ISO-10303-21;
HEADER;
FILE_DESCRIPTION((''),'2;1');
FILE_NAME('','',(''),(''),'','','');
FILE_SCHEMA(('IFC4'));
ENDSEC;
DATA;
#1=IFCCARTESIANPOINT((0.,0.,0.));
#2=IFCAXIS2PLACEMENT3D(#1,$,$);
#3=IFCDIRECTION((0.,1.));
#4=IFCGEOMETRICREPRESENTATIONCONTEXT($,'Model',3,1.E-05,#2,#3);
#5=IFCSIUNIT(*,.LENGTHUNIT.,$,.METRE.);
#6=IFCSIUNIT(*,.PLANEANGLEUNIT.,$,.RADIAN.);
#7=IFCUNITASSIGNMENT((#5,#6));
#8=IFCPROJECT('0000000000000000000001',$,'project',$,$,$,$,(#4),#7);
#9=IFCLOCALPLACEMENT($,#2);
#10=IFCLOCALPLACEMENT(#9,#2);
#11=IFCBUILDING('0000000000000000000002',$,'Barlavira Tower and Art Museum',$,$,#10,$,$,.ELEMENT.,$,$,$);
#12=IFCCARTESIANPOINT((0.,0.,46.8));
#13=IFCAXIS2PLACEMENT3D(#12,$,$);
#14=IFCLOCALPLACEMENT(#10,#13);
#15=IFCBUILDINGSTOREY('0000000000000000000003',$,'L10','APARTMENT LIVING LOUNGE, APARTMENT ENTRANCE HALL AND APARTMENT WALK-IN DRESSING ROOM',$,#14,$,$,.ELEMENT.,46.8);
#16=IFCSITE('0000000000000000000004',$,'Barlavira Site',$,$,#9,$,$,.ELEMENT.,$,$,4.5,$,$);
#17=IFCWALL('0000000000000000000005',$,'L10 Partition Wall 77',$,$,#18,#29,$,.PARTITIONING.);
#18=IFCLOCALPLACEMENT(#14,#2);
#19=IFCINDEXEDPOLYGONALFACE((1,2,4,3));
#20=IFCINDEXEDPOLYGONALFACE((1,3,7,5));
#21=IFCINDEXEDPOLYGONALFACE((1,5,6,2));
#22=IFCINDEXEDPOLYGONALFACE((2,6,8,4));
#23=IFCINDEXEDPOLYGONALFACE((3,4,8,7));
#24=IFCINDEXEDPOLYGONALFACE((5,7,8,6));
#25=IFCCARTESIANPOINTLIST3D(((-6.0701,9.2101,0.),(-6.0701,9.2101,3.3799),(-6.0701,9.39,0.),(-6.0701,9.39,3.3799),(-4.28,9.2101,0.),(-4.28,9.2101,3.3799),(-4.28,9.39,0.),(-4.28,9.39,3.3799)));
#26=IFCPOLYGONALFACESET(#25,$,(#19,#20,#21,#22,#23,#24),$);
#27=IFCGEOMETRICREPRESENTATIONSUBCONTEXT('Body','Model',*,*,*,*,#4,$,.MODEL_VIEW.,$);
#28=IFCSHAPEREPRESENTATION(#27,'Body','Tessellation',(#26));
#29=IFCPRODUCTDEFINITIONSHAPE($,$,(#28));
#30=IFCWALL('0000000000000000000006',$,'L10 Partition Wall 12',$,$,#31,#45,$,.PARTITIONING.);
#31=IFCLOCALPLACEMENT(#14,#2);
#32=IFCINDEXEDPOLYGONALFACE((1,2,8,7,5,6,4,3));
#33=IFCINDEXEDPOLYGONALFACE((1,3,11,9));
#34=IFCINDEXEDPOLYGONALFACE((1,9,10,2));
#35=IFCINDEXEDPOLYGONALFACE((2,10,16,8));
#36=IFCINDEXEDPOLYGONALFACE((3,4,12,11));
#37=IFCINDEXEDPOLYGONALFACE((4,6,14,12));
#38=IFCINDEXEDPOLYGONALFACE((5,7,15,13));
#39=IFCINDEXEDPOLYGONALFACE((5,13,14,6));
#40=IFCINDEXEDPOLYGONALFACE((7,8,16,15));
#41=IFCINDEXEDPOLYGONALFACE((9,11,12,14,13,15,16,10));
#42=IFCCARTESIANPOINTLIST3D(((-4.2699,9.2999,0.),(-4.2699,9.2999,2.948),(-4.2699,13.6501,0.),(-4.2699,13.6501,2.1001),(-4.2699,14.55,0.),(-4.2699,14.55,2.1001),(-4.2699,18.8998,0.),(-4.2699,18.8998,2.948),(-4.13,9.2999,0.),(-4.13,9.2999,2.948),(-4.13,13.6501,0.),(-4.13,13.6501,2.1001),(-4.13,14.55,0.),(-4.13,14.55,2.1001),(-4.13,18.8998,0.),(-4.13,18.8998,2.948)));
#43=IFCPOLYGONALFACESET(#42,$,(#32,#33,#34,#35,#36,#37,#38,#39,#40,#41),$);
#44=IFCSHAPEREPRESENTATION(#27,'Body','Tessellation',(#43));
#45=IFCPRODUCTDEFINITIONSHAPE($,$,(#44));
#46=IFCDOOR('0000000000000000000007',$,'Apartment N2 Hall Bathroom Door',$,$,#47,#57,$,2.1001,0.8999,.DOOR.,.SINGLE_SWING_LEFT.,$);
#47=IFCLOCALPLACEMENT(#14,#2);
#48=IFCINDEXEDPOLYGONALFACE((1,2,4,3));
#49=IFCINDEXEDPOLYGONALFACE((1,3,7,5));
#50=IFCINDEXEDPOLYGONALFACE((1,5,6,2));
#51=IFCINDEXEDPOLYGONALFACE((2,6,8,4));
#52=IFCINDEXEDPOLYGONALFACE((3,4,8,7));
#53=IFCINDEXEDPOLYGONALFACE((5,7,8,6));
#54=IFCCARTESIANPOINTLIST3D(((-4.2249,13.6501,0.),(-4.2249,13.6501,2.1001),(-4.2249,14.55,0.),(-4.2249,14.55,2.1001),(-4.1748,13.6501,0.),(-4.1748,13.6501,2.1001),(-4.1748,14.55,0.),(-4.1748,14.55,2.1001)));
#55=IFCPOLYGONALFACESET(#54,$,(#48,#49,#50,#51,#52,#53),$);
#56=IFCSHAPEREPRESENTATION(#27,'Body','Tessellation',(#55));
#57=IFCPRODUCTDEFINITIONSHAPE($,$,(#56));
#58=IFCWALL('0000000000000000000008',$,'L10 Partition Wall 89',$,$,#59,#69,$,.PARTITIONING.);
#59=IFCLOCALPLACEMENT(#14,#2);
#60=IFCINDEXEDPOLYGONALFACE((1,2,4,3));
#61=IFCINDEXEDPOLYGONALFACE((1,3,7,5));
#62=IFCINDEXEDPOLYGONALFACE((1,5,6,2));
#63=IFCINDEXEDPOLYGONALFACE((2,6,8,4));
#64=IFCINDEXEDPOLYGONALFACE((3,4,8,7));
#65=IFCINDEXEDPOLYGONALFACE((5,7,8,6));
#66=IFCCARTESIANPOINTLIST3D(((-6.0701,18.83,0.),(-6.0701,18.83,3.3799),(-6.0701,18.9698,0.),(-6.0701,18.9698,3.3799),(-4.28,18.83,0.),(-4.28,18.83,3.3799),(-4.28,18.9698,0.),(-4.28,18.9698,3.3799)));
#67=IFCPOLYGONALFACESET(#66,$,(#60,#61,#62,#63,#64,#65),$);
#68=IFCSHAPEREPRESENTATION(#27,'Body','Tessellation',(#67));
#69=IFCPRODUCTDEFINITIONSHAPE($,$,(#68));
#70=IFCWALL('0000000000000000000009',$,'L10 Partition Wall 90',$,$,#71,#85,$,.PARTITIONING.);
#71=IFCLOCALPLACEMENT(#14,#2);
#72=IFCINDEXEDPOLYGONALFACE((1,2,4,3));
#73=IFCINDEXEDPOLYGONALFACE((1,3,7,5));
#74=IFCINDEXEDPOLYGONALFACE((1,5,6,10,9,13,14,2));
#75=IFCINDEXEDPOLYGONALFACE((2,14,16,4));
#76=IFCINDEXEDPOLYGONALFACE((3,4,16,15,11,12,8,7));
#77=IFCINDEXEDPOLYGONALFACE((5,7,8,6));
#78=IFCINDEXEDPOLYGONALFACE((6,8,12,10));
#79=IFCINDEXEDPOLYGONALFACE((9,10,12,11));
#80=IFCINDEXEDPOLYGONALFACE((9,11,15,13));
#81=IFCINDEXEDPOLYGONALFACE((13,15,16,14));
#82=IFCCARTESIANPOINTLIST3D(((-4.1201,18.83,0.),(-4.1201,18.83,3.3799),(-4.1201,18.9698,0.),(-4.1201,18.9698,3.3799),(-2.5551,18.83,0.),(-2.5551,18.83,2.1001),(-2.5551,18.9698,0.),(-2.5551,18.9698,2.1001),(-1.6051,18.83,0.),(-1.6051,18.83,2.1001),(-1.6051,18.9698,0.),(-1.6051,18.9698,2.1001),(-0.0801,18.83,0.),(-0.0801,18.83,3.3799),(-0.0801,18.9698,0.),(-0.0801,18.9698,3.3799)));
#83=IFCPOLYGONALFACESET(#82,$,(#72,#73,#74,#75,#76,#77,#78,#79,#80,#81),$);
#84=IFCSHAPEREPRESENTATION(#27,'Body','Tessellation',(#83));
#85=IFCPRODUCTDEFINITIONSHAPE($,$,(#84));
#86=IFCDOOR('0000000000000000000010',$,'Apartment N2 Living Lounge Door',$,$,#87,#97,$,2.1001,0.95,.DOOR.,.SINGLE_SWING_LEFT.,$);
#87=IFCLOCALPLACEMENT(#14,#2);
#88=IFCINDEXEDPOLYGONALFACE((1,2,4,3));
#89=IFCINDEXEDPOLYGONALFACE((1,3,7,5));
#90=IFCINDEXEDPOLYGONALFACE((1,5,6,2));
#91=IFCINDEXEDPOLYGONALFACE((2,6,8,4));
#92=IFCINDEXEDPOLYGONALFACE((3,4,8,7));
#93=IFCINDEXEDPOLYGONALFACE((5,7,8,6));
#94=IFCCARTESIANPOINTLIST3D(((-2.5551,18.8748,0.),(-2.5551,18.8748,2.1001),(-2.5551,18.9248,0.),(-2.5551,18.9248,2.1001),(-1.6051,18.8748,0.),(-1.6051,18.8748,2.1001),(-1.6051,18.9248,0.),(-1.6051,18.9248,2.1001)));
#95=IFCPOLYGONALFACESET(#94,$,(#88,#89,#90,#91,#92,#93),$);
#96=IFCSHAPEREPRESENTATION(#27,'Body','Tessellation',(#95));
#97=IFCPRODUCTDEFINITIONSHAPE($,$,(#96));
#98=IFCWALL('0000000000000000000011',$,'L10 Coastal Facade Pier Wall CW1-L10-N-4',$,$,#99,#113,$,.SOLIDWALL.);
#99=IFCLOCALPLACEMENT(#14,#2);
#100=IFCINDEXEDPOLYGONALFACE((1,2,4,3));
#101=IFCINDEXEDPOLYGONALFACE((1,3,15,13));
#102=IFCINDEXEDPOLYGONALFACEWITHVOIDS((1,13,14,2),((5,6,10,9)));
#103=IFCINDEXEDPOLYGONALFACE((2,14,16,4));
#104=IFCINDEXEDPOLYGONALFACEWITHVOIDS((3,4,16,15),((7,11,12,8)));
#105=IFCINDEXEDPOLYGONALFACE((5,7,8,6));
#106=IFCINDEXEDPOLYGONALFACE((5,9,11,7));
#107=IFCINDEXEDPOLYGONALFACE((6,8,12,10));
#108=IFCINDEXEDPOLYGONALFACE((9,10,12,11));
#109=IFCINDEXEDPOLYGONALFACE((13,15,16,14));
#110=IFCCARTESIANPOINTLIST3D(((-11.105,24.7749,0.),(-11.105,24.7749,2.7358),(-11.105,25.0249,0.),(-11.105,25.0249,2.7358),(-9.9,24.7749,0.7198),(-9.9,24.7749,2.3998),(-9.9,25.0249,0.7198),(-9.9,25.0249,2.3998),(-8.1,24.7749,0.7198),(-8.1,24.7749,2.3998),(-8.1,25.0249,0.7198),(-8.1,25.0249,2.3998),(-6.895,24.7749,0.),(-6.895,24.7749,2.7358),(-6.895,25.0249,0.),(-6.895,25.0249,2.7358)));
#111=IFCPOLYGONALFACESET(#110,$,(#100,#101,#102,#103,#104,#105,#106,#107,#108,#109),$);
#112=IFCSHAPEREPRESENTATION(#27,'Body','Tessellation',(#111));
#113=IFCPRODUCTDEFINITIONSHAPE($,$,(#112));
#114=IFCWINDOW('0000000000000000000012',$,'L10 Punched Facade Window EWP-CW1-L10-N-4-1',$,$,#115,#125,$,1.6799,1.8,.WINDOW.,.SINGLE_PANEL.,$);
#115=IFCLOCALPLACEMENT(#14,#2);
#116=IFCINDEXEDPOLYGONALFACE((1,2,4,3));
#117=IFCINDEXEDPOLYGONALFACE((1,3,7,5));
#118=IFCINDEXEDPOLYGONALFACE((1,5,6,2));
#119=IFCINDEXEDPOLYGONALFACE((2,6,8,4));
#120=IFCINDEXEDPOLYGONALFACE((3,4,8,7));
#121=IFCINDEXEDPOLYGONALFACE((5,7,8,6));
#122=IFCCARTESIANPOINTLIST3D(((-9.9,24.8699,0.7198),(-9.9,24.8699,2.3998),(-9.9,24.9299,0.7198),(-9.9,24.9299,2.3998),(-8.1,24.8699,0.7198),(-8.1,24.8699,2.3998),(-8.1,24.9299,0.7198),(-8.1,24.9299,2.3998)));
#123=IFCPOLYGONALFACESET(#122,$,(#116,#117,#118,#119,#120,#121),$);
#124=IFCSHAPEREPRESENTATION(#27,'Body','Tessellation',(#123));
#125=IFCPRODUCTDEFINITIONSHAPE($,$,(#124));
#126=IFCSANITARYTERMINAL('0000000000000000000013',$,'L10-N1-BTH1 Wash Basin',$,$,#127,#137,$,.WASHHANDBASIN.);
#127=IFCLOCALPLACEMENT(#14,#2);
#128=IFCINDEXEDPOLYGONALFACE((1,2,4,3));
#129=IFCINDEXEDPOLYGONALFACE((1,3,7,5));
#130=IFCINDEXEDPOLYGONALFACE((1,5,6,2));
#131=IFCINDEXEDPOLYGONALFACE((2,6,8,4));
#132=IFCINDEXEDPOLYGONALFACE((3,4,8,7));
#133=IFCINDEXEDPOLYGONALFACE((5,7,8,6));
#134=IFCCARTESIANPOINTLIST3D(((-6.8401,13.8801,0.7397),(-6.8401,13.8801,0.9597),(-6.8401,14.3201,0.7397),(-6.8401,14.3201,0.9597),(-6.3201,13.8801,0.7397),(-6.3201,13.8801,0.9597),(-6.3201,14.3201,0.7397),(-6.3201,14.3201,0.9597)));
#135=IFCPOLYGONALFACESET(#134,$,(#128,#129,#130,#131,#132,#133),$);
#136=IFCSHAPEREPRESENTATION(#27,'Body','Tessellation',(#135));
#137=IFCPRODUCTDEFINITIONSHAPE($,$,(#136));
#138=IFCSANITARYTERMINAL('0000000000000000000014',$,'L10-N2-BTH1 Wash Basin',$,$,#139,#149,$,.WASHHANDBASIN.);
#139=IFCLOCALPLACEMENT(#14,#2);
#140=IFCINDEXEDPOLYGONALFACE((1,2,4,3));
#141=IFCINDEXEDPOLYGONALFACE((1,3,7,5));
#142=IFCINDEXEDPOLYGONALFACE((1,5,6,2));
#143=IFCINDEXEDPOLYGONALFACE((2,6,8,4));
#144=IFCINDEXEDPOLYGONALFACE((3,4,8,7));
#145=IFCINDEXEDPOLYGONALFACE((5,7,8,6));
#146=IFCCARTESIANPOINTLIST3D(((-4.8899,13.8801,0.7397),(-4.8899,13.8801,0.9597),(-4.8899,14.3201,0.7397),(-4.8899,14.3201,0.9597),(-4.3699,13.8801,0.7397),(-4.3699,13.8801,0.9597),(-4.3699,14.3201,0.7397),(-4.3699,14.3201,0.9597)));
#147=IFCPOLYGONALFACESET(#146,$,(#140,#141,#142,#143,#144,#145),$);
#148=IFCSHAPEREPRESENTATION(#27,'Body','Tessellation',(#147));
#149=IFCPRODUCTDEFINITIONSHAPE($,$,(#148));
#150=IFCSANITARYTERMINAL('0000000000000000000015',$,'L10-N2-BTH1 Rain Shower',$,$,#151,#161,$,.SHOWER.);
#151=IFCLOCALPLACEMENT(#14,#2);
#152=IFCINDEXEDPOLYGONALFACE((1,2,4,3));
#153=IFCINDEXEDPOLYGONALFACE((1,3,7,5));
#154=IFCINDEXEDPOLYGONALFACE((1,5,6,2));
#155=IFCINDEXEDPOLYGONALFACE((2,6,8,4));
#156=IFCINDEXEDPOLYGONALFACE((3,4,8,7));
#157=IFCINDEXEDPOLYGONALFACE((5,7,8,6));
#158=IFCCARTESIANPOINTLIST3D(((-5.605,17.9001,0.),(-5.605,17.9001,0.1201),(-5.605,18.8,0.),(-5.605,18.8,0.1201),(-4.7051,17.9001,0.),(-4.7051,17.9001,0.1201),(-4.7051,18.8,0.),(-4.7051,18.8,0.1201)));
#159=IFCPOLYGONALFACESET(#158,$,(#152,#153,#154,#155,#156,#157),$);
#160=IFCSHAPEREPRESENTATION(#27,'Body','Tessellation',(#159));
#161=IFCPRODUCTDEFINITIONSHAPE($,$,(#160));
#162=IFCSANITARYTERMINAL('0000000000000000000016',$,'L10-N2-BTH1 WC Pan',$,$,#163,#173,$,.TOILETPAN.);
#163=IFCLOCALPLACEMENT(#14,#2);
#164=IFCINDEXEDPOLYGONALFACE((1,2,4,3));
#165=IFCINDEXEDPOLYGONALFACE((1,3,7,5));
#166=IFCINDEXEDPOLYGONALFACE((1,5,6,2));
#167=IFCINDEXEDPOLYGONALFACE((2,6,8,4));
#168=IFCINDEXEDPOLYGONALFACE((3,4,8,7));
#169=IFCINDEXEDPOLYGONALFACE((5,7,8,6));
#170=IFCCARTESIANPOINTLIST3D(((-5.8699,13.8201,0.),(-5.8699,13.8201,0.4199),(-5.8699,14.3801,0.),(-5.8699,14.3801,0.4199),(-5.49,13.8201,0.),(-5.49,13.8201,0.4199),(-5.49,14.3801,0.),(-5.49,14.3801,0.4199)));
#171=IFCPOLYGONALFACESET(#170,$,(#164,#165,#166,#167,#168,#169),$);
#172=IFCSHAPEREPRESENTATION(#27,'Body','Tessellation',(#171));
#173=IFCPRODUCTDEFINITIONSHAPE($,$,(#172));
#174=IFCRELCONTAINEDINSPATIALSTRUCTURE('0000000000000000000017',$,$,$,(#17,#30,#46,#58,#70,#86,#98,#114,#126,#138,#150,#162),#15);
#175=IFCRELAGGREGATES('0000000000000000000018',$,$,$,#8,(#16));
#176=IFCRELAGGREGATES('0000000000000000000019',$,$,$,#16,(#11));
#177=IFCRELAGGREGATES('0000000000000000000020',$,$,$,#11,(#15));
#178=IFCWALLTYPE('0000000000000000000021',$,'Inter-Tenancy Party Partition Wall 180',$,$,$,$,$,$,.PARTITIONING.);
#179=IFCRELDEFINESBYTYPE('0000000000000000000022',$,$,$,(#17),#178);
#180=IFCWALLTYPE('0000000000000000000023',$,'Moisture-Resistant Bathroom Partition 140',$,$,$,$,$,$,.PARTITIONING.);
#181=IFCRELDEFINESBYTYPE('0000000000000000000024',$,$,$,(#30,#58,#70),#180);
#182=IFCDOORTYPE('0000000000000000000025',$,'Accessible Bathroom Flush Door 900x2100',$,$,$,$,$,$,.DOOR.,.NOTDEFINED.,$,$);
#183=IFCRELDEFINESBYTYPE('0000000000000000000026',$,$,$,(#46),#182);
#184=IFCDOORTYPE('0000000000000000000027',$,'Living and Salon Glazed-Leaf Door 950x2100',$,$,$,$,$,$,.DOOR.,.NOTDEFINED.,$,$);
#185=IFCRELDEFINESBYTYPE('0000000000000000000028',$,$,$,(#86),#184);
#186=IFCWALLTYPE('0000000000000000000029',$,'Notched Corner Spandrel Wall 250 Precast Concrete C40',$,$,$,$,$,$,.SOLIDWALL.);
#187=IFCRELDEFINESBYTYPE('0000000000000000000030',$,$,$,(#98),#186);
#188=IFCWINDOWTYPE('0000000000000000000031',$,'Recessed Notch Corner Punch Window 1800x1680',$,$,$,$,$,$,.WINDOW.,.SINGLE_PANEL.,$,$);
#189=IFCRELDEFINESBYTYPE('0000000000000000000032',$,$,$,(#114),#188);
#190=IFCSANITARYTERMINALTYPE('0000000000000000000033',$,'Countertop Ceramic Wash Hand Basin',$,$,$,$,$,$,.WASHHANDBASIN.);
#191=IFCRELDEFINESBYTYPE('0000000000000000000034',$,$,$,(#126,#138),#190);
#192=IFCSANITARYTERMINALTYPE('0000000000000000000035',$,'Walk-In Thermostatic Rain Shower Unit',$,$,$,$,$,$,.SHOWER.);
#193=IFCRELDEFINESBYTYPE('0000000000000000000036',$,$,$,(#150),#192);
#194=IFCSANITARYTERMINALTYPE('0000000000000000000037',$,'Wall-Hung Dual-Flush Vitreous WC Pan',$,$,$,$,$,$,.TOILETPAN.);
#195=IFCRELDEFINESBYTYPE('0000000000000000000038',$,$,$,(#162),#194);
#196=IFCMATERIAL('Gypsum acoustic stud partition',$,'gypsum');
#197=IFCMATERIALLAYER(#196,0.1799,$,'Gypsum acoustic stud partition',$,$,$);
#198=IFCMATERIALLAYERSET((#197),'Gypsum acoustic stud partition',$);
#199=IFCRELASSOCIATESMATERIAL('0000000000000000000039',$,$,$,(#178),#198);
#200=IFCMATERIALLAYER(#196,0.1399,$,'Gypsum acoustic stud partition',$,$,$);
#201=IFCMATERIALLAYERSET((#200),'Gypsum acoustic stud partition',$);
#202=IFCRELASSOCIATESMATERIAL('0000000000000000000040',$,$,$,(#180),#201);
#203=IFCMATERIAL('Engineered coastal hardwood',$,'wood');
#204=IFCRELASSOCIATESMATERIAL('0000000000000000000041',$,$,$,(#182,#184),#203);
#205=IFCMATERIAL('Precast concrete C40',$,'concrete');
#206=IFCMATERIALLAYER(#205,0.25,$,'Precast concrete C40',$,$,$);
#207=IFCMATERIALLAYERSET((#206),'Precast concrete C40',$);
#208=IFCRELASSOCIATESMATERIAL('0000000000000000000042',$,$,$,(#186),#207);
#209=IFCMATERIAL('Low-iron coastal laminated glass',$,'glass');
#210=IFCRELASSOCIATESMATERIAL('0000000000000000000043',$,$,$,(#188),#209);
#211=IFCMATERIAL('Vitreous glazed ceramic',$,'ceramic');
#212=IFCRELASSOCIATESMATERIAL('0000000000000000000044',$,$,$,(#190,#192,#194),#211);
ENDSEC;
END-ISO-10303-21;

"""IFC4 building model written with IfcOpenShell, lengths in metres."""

from ifc_helpers import new_model, si_unit, direction, frame, frame_2d, origin, origin_2d, place, context, subcontext, project, spatial, rectangle, extrude, material, layer, layer_set, type_object, element, fill, save


model = new_model("IFC4")

# Units and contexts
model_context = context("Model", 3, precision=1e-05, world=origin(), true_north=direction((0.0, 1.0)))
body_context = subcontext(model_context, "Body", "Model", "MODEL_VIEW")
ifc_project = project(units=[si_unit("LENGTHUNIT", "METRE"), si_unit("PLANEANGLEUNIT", "RADIAN")], contexts=[model_context])

# Site, building, storey
site_placement = place(None, origin())
site = spatial("IfcSite", under=ifc_project, at=site_placement, Name="Barlavira Site", CompositionType="ELEMENT", RefElevation=4.5)
building_placement = place(site_placement, origin())
building = spatial("IfcBuilding", under=site, at=building_placement, Name="Barlavira Tower and Art Museum", CompositionType="ELEMENT")
storey_placement = place(building_placement, frame((0.0, 0.0, 46.8)))
storey = spatial("IfcBuildingStorey", under=building, at=storey_placement, Name="L10", Description="APARTMENT LIVING LOUNGE, APARTMENT ENTRANCE HALL AND APARTMENT WALK-IN DRESSING ROOM", CompositionType="ELEMENT", Elevation=46.8)

# Shared definitions
ifc_material_1 = material(Name="Low-iron coastal laminated glass", Category="glass")

# Wall
ifc_material_2 = material(Name="Gypsum acoustic stud partition", Category="gypsum")
ifc_layer_1 = layer(ifc_material_2, 0.1799, Name="Gypsum acoustic stud partition")
ifc_layer_set_1 = layer_set([ifc_layer_1], Name="Gypsum acoustic stud partition")
wall_type_1 = type_object("IfcWallType", Name="Inter-Tenancy Party Partition Wall 180", PredefinedType="PARTITIONING", material=ifc_layer_set_1)
wall_1_placement = place(storey_placement, frame((-6.0701, 9.3, 0.0), z_axis=(0.0, 0.0, 1.0), x_axis=(1.0, 0.0, 0.0)))
element("IfcWall", 1, at=wall_1_placement, inside=storey, type_object=wall_type_1, Name="L10 Partition Wall 77", PredefinedType="PARTITIONING", context=body_context, shape_type="SweptSolid", body=[
    extrude(rectangle(XDim=1.79, YDim=0.1799, at=frame_2d((0.895, 0.0))), origin(), (0.0, 0.0, 1.0), 3.3799),
])

# Wall, opening, door
ifc_layer_2 = layer(ifc_material_2, 0.1399, Name="Gypsum acoustic stud partition")
ifc_layer_set_2 = layer_set([ifc_layer_2], Name="Gypsum acoustic stud partition")
wall_type_2 = type_object("IfcWallType", Name="Moisture-Resistant Bathroom Partition 140", PredefinedType="PARTITIONING", material=ifc_layer_set_2)
wall_2_placement = place(storey_placement, frame((-4.2, 9.3, 0.0), z_axis=(0.0, 0.0, 1.0), x_axis=(0.0, 1.0, 0.0)))
wall_2 = element("IfcWall", 2, at=wall_2_placement, inside=storey, type_object=wall_type_2, Name="L10 Partition Wall 12", PredefinedType="PARTITIONING", context=body_context, shape_type="SweptSolid", body=[
    extrude(rectangle(XDim=9.5999, YDim=0.1399, at=frame_2d((4.7998, 0.0))), origin(), (0.0, 0.0, 1.0), 2.948),
])
opening_1_placement = place(wall_2_placement, frame((4.3501, 0.0, 0.0)))
opening_1 = element("IfcOpeningElement", 3, at=opening_1_placement, cuts=wall_2, PredefinedType="OPENING", context=body_context, shape_type="SweptSolid", body=[
    extrude(rectangle(XDim=0.8999, YDim=2.1001, at=frame_2d((0.45, 1.05))), frame((0.0, 0.0801, 0.0), z_axis=(0.0, -1.0, 0.0), x_axis=(1.0, 0.0, 0.0)), (0.0, 0.0, 1.0), 0.1599),
])
ifc_material_3 = material(Name="Engineered coastal hardwood", Category="wood")
door_type_1 = type_object("IfcDoorType", Name="Accessible Bathroom Flush Door 900x2100", OperationType="NOTDEFINED", PredefinedType="DOOR", material=ifc_material_3)
door_1_placement = place(opening_1_placement, origin())
door_1 = element("IfcDoor", 4, at=door_1_placement, inside=storey, type_object=door_type_1, Name="Apartment N2 Hall Bathroom Door", OperationType="SINGLE_SWING_LEFT", OverallHeight=2.1001, OverallWidth=0.8999, PredefinedType="DOOR", context=body_context, shape_type="SweptSolid", body=[
    extrude(rectangle(XDim=0.8999, YDim=2.1001, at=frame_2d((0.45, 1.05))), frame((0.0, 0.0249, 0.0), z_axis=(0.0, -1.0, 0.0), x_axis=(1.0, 0.0, 0.0)), (0.0, 0.0, 1.0), 0.05),
])
fill(opening_1, door_1)

# Wall
wall_3_placement = place(storey_placement, frame((-6.0701, 18.8999, 0.0), z_axis=(0.0, 0.0, 1.0), x_axis=(1.0, 0.0, 0.0)))
element("IfcWall", 5, at=wall_3_placement, inside=storey, type_object=wall_type_2, Name="L10 Partition Wall 89", PredefinedType="PARTITIONING", context=body_context, shape_type="SweptSolid", body=[
    extrude(rectangle(XDim=1.79, YDim=0.1399, at=frame_2d((0.895, 0.0))), origin(), (0.0, 0.0, 1.0), 3.3799),
])

# Wall, opening, door
wall_4_placement = place(storey_placement, frame((-4.1201, 18.8999, 0.0), z_axis=(0.0, 0.0, 1.0), x_axis=(1.0, 0.0, 0.0)))
wall_4 = element("IfcWall", 6, at=wall_4_placement, inside=storey, type_object=wall_type_2, Name="L10 Partition Wall 90", PredefinedType="PARTITIONING", context=body_context, shape_type="SweptSolid", body=[
    extrude(rectangle(XDim=4.04, YDim=0.1399, at=frame_2d((2.02, 0.0))), origin(), (0.0, 0.0, 1.0), 3.3799),
])
opening_2_placement = place(wall_4_placement, frame((1.5649, 0.0, 0.0)))
opening_2 = element("IfcOpeningElement", 7, at=opening_2_placement, cuts=wall_4, PredefinedType="OPENING", context=body_context, shape_type="SweptSolid", body=[
    extrude(rectangle(XDim=0.95, YDim=2.1001, at=frame_2d((0.4751, 1.05))), frame((0.0, 0.0801, 0.0), z_axis=(0.0, -1.0, 0.0), x_axis=(1.0, 0.0, 0.0)), (0.0, 0.0, 1.0), 0.1599),
])
door_type_2 = type_object("IfcDoorType", Name="Living and Salon Glazed-Leaf Door 950x2100", OperationType="NOTDEFINED", PredefinedType="DOOR", material=ifc_material_3)
door_2_placement = place(opening_2_placement, origin())
door_2 = element("IfcDoor", 8, at=door_2_placement, inside=storey, type_object=door_type_2, Name="Apartment N2 Living Lounge Door", OperationType="SINGLE_SWING_LEFT", OverallHeight=2.1001, OverallWidth=0.95, PredefinedType="DOOR", context=body_context, shape_type="SweptSolid", body=[
    extrude(rectangle(XDim=0.95, YDim=2.1001, at=frame_2d((0.4751, 1.05))), frame((0.0, 0.0249, 0.0), z_axis=(0.0, -1.0, 0.0), x_axis=(1.0, 0.0, 0.0)), (0.0, 0.0, 1.0), 0.05),
])
fill(opening_2, door_2)

# Wall, opening, window
ifc_material_4 = material(Name="Precast concrete C40", Category="concrete")
ifc_layer_3 = layer(ifc_material_4, 0.25, Name="Precast concrete C40")
ifc_layer_set_3 = layer_set([ifc_layer_3], Name="Precast concrete C40")
wall_type_3 = type_object("IfcWallType", Name="Notched Corner Spandrel Wall 250 Precast Concrete C40", PredefinedType="SOLIDWALL", material=ifc_layer_set_3)
wall_5_placement = place(storey_placement, frame((-6.895, 24.8999, 0.0), z_axis=(0.0, 0.0, 1.0), x_axis=(-1.0, 0.0, 0.0)))
wall_5 = element("IfcWall", 9, at=wall_5_placement, inside=storey, type_object=wall_type_3, Name="L10 Coastal Facade Pier Wall CW1-L10-N-4", PredefinedType="SOLIDWALL", context=body_context, shape_type="SweptSolid", body=[
    extrude(rectangle(XDim=4.21, YDim=0.25, at=frame_2d((2.105, 0.0))), origin(), (0.0, 0.0, 1.0), 2.7358),
])
opening_3_placement = place(wall_5_placement, frame((1.2051, 0.0, 0.72)))
opening_3 = element("IfcOpeningElement", 10, at=opening_3_placement, cuts=wall_5, PredefinedType="OPENING", context=body_context, shape_type="SweptSolid", body=[
    extrude(rectangle(XDim=1.8, YDim=1.6799, at=frame_2d((0.8999, 0.8398))), frame((0.0, 0.135, 0.0), z_axis=(0.0, -1.0, 0.0), x_axis=(1.0, 0.0, 0.0)), (0.0, 0.0, 1.0), 0.27),
])
window_type = type_object("IfcWindowType", Name="Recessed Notch Corner Punch Window 1800x1680", PartitioningType="SINGLE_PANEL", PredefinedType="WINDOW", material=ifc_material_1)
window_placement = place(opening_3_placement, origin())
window = element("IfcWindow", 11, at=window_placement, inside=storey, type_object=window_type, Name="L10 Punched Facade Window EWP-CW1-L10-N-4-1", OverallHeight=1.6799, OverallWidth=1.8, PartitioningType="SINGLE_PANEL", PredefinedType="WINDOW", context=body_context, shape_type="SweptSolid", body=[
    extrude(rectangle(XDim=1.8, YDim=1.6799, at=frame_2d((0.8999, 0.8398))), frame((0.0, 0.03, 0.0), z_axis=(0.0, -1.0, 0.0), x_axis=(1.0, 0.0, 0.0)), (0.0, 0.0, 1.0), 0.0601),
])
fill(opening_3, window)

# Sanitary terminals
ifc_material_5 = material(Name="Vitreous glazed ceramic", Category="ceramic")
sanitary_terminal_type_1 = type_object("IfcSanitaryTerminalType", Name="Countertop Ceramic Wash Hand Basin", PredefinedType="WASHHANDBASIN", material=ifc_material_5)
for number, where, z_axis, x_axis, name in (
    (12, (-6.5801, 14.1001, 0.7397), (0.0, 0.0, 1.0), (1.0, 0.0, 0.0), "L10-N1-BTH1 Wash Basin"),
    (13, (-4.6299, 14.1001, 0.7397), (0.0, 0.0, 1.0), (1.0, 0.0, 0.0), "L10-N2-BTH1 Wash Basin"),
):
    element("IfcSanitaryTerminal", number, at=place(storey_placement, frame(where, z_axis=z_axis, x_axis=x_axis)), inside=storey, type_object=sanitary_terminal_type_1, Name=name, PredefinedType="WASHHANDBASIN", context=body_context, shape_type="SweptSolid", body=[
        extrude(rectangle(XDim=0.52, YDim=0.4399, at=origin_2d()), origin(), (0.0, 0.0, 1.0), 0.22),
    ])
sanitary_terminal_type_2 = type_object("IfcSanitaryTerminalType", Name="Walk-In Thermostatic Rain Shower Unit", PredefinedType="SHOWER", material=ifc_material_5)
sanitary_terminal_1_placement = place(storey_placement, frame((-5.155, 18.3501, 0.0), z_axis=(0.0, 0.0, 1.0), x_axis=(1.0, 0.0, 0.0)))
element("IfcSanitaryTerminal", 14, at=sanitary_terminal_1_placement, inside=storey, type_object=sanitary_terminal_type_2, Name="L10-N2-BTH1 Rain Shower", PredefinedType="SHOWER", context=body_context, shape_type="SweptSolid", body=[
    extrude(rectangle(XDim=0.8999, YDim=0.8999, at=origin_2d()), origin(), (0.0, 0.0, 1.0), 0.1201),
])
sanitary_terminal_type_3 = type_object("IfcSanitaryTerminalType", Name="Wall-Hung Dual-Flush Vitreous WC Pan", PredefinedType="TOILETPAN", material=ifc_material_5)
sanitary_terminal_2_placement = place(storey_placement, frame((-5.6799, 14.1001, 0.0), z_axis=(0.0, 0.0, 1.0), x_axis=(1.0, 0.0, 0.0)))
element("IfcSanitaryTerminal", 15, at=sanitary_terminal_2_placement, inside=storey, type_object=sanitary_terminal_type_3, Name="L10-N2-BTH1 WC Pan", PredefinedType="TOILETPAN", context=body_context, shape_type="SweptSolid", body=[
    extrude(rectangle(XDim=0.3799, YDim=0.5601, at=origin_2d()), origin(), (0.0, 0.0, 1.0), 0.4199),
])

save(model, "model.ifc")
